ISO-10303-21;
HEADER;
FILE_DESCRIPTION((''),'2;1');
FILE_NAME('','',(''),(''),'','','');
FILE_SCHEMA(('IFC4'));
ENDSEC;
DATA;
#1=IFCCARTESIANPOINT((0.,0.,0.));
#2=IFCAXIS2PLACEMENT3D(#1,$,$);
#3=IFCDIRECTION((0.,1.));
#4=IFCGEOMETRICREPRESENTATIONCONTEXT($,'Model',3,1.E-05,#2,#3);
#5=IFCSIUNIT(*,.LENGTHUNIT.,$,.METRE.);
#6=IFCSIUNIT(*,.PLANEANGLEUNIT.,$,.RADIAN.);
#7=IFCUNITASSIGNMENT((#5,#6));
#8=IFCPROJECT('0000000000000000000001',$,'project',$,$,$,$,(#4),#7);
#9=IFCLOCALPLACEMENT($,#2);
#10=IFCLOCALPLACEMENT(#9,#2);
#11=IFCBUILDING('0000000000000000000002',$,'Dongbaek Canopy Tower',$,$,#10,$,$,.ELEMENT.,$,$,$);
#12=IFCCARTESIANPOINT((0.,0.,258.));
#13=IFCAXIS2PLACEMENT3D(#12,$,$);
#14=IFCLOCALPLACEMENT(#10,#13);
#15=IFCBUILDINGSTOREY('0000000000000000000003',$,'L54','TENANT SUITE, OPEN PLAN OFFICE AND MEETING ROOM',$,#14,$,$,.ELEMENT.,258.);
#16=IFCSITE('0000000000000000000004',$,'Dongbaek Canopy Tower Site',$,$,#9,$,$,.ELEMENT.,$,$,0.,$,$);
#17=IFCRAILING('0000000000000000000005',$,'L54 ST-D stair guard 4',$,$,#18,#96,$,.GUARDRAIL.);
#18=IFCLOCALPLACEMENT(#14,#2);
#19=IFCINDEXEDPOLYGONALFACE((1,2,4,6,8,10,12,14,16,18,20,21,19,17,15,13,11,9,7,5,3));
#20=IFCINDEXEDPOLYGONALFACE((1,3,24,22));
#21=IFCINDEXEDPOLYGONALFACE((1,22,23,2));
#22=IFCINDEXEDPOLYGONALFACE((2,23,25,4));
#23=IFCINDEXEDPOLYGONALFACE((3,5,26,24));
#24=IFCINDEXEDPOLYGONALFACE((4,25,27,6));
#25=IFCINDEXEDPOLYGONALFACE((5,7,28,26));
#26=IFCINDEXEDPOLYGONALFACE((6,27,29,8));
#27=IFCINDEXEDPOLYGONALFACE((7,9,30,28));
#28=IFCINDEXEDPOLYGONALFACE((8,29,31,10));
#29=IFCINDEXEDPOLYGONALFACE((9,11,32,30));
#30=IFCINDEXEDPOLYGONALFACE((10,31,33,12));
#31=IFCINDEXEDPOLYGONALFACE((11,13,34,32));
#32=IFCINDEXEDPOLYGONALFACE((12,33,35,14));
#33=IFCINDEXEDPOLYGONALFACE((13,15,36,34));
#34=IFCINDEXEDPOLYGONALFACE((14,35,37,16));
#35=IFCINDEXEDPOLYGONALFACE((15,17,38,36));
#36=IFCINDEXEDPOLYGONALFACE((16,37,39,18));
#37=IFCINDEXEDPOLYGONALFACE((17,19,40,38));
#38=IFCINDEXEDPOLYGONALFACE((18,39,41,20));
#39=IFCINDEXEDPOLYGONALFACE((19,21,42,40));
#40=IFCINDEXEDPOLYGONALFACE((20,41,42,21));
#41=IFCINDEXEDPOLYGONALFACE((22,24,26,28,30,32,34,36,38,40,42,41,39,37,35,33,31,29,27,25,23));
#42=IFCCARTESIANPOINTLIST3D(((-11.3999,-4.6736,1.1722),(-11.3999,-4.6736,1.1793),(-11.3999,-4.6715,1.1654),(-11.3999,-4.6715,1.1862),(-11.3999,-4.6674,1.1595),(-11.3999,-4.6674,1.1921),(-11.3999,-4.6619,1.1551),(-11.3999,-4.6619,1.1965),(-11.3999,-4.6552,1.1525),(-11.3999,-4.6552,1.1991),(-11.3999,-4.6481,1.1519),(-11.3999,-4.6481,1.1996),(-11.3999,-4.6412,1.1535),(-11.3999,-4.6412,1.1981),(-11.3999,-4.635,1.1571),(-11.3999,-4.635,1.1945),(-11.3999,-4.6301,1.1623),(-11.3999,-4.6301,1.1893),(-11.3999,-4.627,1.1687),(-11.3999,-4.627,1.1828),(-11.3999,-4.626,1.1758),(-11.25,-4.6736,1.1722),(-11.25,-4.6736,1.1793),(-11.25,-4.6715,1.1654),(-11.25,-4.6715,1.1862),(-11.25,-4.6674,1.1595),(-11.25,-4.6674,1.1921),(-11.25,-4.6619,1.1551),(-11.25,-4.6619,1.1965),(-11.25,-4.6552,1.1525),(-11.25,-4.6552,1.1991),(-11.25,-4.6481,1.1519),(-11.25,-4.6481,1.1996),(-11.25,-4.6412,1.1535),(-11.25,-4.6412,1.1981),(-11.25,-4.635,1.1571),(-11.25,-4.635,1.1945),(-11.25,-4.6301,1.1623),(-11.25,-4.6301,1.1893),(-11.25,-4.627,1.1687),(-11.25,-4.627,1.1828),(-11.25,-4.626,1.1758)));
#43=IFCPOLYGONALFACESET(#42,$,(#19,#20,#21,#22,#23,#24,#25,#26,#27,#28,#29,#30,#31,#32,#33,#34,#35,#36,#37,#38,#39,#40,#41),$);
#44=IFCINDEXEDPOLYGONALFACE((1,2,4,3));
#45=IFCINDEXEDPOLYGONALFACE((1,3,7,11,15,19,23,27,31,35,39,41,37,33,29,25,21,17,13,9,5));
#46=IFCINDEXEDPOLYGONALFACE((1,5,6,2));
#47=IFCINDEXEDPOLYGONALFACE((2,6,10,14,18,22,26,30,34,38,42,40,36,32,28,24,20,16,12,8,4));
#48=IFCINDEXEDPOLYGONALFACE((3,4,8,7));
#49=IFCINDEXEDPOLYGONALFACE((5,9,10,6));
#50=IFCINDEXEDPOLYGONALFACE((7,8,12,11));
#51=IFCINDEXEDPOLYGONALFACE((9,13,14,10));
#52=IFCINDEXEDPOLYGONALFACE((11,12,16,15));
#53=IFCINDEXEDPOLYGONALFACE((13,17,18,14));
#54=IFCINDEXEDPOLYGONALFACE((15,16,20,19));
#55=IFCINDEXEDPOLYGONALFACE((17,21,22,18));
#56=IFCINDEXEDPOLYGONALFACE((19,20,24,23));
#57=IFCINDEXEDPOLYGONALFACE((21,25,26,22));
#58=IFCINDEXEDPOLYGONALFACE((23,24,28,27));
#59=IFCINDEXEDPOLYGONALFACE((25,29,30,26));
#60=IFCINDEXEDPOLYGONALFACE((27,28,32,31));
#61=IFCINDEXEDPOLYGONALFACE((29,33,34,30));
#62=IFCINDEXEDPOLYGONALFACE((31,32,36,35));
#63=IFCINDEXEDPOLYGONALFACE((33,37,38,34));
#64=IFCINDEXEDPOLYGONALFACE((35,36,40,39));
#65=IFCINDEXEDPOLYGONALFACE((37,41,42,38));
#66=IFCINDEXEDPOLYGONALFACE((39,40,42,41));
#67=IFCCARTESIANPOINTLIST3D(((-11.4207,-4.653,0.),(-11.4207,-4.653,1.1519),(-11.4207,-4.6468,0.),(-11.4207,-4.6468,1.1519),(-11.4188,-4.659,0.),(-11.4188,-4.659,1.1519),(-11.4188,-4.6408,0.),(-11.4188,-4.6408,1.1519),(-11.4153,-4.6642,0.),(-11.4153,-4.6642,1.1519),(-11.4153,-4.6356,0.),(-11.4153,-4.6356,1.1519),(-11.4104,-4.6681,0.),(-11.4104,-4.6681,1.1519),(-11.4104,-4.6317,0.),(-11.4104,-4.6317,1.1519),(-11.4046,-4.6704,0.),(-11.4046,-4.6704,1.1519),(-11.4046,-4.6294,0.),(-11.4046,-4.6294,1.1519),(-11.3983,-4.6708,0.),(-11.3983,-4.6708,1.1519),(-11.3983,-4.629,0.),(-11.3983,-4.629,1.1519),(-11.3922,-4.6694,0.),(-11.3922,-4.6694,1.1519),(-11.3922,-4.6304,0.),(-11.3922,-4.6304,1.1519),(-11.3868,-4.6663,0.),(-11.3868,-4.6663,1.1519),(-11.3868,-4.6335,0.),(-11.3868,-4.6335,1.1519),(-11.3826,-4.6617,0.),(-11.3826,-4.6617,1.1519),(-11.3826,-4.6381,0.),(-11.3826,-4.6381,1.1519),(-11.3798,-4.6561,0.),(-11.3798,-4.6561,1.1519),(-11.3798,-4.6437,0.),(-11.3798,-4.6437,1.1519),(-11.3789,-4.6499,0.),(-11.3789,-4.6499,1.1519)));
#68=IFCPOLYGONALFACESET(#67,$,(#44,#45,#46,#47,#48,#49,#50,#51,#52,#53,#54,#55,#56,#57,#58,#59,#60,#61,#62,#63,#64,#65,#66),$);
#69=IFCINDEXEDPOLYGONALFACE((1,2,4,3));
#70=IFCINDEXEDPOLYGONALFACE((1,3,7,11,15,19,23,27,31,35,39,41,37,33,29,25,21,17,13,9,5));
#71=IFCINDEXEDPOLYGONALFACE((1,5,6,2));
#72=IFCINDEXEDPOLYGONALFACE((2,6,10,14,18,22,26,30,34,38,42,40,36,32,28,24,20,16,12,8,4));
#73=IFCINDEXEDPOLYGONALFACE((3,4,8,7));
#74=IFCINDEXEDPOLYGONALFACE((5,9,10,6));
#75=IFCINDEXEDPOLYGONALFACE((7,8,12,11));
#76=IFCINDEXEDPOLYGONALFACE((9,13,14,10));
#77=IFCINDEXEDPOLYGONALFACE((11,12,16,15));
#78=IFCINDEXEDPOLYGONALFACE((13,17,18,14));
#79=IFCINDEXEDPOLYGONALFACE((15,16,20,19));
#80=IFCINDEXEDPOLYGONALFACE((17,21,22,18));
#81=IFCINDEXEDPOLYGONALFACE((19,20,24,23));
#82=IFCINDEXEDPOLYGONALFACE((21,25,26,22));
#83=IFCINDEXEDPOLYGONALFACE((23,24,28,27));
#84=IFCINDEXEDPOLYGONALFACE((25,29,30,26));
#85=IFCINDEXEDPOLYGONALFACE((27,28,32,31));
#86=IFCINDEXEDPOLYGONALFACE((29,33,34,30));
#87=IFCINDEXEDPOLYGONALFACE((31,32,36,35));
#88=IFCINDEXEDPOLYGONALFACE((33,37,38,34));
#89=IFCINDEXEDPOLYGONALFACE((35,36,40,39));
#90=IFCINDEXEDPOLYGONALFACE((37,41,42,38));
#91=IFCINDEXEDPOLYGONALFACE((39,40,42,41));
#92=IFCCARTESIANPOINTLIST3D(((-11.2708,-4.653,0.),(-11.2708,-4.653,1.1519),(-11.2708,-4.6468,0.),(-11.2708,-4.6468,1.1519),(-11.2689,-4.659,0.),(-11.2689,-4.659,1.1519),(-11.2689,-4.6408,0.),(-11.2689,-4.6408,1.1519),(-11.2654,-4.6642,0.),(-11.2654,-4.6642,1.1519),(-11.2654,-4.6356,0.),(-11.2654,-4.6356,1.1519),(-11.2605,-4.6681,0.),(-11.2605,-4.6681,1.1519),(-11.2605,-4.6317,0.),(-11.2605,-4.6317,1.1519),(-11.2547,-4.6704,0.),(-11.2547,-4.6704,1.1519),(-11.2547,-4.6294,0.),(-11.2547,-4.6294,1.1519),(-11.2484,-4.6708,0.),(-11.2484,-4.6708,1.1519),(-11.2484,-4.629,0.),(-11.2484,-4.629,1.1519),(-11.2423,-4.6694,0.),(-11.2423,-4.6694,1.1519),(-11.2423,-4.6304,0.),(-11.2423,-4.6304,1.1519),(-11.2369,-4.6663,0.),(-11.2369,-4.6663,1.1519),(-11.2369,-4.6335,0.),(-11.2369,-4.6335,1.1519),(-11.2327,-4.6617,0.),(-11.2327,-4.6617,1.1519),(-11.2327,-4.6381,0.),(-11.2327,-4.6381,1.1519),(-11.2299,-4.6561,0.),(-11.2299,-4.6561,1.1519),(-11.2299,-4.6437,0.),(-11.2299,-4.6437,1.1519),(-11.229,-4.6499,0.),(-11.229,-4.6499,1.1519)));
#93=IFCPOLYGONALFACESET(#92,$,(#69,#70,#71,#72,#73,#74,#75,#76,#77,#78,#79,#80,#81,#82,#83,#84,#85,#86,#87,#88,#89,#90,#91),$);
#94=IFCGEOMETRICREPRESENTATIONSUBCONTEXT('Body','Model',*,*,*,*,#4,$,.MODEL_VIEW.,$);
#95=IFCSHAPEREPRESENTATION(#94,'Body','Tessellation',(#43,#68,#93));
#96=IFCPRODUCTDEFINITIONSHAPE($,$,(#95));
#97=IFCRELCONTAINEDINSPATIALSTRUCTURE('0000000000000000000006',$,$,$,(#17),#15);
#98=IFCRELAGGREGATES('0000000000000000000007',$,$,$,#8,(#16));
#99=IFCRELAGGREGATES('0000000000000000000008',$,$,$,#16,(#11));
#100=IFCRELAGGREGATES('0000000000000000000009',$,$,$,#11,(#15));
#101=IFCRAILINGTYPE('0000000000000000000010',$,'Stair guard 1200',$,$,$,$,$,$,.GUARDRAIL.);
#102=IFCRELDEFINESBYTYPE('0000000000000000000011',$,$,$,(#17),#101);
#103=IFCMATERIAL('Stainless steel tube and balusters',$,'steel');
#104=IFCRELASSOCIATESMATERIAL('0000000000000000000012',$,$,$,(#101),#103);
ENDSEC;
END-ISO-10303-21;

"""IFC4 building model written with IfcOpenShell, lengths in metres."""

from ifc_helpers import new_model, si_unit, direction, frame, origin, origin_2d, place, context, subcontext, project, spatial, circle, extrude, material, type_object, element, save


model = new_model("IFC4")

# Units and contexts
model_context = context("Model", 3, precision=1e-05, world=origin(), true_north=direction((0.0, 1.0)))
body_context = subcontext(model_context, "Body", "Model", "MODEL_VIEW")
ifc_project = project(units=[si_unit("LENGTHUNIT", "METRE"), si_unit("PLANEANGLEUNIT", "RADIAN")], contexts=[model_context])

# Site, building, storey
site_placement = place(None, origin())
site = spatial("IfcSite", under=ifc_project, at=site_placement, Name="Dongbaek Canopy Tower Site", CompositionType="ELEMENT", RefElevation=0.0)
building_placement = place(site_placement, origin())
building = spatial("IfcBuilding", under=site, at=building_placement, Name="Dongbaek Canopy Tower", CompositionType="ELEMENT")
storey_placement = place(building_placement, frame((0.0, 0.0, 258.0)))
storey = spatial("IfcBuildingStorey", under=building, at=storey_placement, Name="L54", Description="TENANT SUITE, OPEN PLAN OFFICE AND MEETING ROOM", CompositionType="ELEMENT", Elevation=258.0)

# Railing
ifc_material_1 = material(Name="Stainless steel tube and balusters", Category="steel")
railing_type_1 = type_object("IfcRailingType", Name="Stair guard 1200", PredefinedType="GUARDRAIL", material=ifc_material_1)
railing_1_placement = place(storey_placement, frame((-11.3999, -4.6499, 0.0)))
element("IfcRailing", 1, at=railing_1_placement, inside=storey, type_object=railing_type_1, Name="L54 ST-D stair guard 4", PredefinedType="GUARDRAIL", context=body_context, shape_type="SweptSolid", body=[
    extrude(circle(Radius=0.0239, at=origin_2d()), frame((0.0, 0.0, 1.1758), z_axis=(1.0, 0.0, 0.0), x_axis=(0.0, 1.0, 0.0)), (0.0, 0.0, 1.0), 0.1499),
    extrude(circle(Radius=0.021, at=origin_2d()), origin(), (0.0, 0.0, 1.0), 1.1519),
    extrude(circle(Radius=0.021, at=origin_2d()), frame((0.1499, 0.0, 0.0)), (0.0, 0.0, 1.0), 1.1519),
])

save(model, "model.ifc")
